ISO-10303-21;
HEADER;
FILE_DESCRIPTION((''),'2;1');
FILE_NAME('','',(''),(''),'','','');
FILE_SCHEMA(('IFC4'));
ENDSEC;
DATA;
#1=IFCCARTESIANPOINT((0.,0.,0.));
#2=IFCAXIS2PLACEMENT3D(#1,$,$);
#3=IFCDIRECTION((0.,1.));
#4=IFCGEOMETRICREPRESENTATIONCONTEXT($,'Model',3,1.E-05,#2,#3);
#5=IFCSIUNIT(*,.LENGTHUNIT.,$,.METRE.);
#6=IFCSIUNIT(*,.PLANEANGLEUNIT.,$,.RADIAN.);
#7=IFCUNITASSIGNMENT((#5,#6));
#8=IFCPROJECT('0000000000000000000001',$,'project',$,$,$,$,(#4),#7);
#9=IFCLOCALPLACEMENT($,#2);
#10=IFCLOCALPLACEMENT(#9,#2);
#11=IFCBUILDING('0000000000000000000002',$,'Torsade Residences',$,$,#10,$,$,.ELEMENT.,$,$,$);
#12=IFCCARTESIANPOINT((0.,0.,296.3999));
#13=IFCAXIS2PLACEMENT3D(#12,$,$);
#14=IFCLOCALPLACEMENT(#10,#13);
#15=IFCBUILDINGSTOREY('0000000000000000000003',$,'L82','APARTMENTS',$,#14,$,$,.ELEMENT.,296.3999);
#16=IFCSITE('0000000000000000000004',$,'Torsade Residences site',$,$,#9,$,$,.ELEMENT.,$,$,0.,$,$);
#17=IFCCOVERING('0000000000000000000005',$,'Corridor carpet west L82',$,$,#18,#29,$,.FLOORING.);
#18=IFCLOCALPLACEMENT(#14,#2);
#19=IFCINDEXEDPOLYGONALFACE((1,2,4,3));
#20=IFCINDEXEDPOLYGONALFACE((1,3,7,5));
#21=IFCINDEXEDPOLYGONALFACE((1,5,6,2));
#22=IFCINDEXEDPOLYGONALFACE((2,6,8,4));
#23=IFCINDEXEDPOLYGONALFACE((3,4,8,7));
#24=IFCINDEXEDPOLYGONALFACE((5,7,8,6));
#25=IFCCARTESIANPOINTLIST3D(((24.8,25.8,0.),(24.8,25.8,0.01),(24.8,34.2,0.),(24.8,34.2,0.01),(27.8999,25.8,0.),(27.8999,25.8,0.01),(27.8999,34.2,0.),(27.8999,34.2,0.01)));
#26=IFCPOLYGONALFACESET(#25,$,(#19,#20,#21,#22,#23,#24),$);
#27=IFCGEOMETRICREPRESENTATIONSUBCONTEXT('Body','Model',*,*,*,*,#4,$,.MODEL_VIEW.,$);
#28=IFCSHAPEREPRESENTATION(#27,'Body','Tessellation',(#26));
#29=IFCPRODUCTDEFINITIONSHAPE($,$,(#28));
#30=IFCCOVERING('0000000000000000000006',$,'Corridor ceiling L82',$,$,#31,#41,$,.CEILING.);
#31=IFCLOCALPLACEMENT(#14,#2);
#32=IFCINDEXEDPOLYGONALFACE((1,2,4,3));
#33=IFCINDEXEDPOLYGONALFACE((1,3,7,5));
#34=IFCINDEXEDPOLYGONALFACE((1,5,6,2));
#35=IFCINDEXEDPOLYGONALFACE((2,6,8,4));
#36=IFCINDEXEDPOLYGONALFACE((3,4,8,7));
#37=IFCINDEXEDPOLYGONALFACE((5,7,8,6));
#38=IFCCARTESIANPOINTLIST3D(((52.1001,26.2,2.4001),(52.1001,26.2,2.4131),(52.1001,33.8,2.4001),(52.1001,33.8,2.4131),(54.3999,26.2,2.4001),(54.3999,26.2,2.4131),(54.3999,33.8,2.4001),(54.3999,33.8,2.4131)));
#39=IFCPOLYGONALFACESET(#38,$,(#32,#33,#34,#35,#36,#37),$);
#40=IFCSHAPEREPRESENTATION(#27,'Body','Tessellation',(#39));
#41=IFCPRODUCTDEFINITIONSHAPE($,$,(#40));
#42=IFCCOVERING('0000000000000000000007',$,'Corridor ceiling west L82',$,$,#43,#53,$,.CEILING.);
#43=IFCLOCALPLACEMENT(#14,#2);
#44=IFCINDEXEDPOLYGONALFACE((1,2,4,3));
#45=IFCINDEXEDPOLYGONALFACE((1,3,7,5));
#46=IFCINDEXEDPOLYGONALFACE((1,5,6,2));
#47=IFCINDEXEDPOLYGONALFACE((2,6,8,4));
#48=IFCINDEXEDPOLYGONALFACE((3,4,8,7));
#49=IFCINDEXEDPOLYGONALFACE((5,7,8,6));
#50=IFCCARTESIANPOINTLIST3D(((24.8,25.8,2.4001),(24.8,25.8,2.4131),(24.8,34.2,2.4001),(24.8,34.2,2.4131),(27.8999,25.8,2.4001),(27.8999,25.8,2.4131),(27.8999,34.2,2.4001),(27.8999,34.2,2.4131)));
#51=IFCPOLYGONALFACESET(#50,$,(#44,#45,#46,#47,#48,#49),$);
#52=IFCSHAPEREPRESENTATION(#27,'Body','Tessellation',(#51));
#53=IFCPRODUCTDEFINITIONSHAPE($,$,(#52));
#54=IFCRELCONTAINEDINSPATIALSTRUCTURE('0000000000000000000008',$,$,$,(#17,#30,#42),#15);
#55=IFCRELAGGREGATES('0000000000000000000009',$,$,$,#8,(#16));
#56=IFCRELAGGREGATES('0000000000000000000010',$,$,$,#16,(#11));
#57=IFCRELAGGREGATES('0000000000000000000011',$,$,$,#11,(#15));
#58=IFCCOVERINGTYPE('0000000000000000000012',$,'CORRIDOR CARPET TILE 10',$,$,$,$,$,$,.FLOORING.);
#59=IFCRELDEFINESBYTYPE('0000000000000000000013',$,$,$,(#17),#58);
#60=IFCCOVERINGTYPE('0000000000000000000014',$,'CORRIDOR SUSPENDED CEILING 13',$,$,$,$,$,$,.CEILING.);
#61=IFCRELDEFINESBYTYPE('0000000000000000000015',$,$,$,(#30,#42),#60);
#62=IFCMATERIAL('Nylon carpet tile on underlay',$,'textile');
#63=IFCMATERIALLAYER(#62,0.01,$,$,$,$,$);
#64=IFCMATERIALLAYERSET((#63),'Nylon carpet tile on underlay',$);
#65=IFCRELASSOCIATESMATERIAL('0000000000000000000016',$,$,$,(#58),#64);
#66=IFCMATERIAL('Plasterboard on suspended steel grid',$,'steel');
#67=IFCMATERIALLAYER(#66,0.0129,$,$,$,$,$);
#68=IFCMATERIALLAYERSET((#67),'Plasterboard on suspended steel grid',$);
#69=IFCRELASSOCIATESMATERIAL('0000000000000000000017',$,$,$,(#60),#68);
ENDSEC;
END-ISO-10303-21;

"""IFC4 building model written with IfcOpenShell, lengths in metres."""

from ifc_helpers import new_model, si_unit, direction, frame, origin, place, context, subcontext, project, spatial, polyline, outline, extrude, material, layer, layer_set, type_object, element, save


model = new_model("IFC4")

# Units and contexts
model_context = context("Model", 3, precision=1e-05, world=origin(), true_north=direction((0.0, 1.0)))
body_context = subcontext(model_context, "Body", "Model", "MODEL_VIEW")
ifc_project = project(units=[si_unit("LENGTHUNIT", "METRE"), si_unit("PLANEANGLEUNIT", "RADIAN")], contexts=[model_context])

# Site, building, storey
site_placement = place(None, origin())
site = spatial("IfcSite", under=ifc_project, at=site_placement, Name="Torsade Residences site", CompositionType="ELEMENT", RefElevation=0.0)
building_placement = place(site_placement, origin())
building = spatial("IfcBuilding", under=site, at=building_placement, Name="Torsade Residences", CompositionType="ELEMENT")
storey_placement = place(building_placement, frame((0.0, 0.0, 296.3999)))
storey = spatial("IfcBuildingStorey", under=building, at=storey_placement, Name="L82", Description="APARTMENTS", CompositionType="ELEMENT", Elevation=296.3999)

# Coverings
ifc_material_1 = material(Name="Nylon carpet tile on underlay", Category="textile")
ifc_layer_1 = layer(ifc_material_1, 0.01)
ifc_layer_set_1 = layer_set([ifc_layer_1], Name="Nylon carpet tile on underlay")
covering_type_1 = type_object("IfcCoveringType", Name="CORRIDOR CARPET TILE 10", PredefinedType="FLOORING", material=ifc_layer_set_1)
covering_1_placement = place(storey_placement, origin())
element("IfcCovering", 1, at=covering_1_placement, inside=storey, type_object=covering_type_1, Name="Corridor carpet west L82", PredefinedType="FLOORING", context=body_context, shape_type="SweptSolid", body=[
    extrude(outline(polyline([(27.8999, 25.8), (27.8999, 34.2), (24.8, 34.2), (24.8, 25.8), (27.8999, 25.8)])), origin(), (0.0, 0.0, 1.0), 0.01),
])
ifc_material_2 = material(Name="Plasterboard on suspended steel grid", Category="steel")
ifc_layer_2 = layer(ifc_material_2, 0.0129)
ifc_layer_set_2 = layer_set([ifc_layer_2], Name="Plasterboard on suspended steel grid")
covering_type_2 = type_object("IfcCoveringType", Name="CORRIDOR SUSPENDED CEILING 13", PredefinedType="CEILING", material=ifc_layer_set_2)
covering_2_placement = place(storey_placement, frame((0.0, 0.0, 2.4001)))
element("IfcCovering", 2, at=covering_2_placement, inside=storey, type_object=covering_type_2, Name="Corridor ceiling L82", PredefinedType="CEILING", context=body_context, shape_type="SweptSolid", body=[
    extrude(outline(polyline([(54.3999, 26.2), (54.3999, 33.8), (52.1001, 33.8), (52.1001, 26.2), (54.3999, 26.2)])), origin(), (0.0, 0.0, 1.0), 0.0129),
])
covering_3_placement = place(storey_placement, frame((0.0, 0.0, 2.4001)))
element("IfcCovering", 3, at=covering_3_placement, inside=storey, type_object=covering_type_2, Name="Corridor ceiling west L82", PredefinedType="CEILING", context=body_context, shape_type="SweptSolid", body=[
    extrude(outline(polyline([(27.8999, 25.8), (27.8999, 34.2), (24.8, 34.2), (24.8, 25.8), (27.8999, 25.8)])), origin(), (0.0, 0.0, 1.0), 0.0129),
])

save(model, "model.ifc")
